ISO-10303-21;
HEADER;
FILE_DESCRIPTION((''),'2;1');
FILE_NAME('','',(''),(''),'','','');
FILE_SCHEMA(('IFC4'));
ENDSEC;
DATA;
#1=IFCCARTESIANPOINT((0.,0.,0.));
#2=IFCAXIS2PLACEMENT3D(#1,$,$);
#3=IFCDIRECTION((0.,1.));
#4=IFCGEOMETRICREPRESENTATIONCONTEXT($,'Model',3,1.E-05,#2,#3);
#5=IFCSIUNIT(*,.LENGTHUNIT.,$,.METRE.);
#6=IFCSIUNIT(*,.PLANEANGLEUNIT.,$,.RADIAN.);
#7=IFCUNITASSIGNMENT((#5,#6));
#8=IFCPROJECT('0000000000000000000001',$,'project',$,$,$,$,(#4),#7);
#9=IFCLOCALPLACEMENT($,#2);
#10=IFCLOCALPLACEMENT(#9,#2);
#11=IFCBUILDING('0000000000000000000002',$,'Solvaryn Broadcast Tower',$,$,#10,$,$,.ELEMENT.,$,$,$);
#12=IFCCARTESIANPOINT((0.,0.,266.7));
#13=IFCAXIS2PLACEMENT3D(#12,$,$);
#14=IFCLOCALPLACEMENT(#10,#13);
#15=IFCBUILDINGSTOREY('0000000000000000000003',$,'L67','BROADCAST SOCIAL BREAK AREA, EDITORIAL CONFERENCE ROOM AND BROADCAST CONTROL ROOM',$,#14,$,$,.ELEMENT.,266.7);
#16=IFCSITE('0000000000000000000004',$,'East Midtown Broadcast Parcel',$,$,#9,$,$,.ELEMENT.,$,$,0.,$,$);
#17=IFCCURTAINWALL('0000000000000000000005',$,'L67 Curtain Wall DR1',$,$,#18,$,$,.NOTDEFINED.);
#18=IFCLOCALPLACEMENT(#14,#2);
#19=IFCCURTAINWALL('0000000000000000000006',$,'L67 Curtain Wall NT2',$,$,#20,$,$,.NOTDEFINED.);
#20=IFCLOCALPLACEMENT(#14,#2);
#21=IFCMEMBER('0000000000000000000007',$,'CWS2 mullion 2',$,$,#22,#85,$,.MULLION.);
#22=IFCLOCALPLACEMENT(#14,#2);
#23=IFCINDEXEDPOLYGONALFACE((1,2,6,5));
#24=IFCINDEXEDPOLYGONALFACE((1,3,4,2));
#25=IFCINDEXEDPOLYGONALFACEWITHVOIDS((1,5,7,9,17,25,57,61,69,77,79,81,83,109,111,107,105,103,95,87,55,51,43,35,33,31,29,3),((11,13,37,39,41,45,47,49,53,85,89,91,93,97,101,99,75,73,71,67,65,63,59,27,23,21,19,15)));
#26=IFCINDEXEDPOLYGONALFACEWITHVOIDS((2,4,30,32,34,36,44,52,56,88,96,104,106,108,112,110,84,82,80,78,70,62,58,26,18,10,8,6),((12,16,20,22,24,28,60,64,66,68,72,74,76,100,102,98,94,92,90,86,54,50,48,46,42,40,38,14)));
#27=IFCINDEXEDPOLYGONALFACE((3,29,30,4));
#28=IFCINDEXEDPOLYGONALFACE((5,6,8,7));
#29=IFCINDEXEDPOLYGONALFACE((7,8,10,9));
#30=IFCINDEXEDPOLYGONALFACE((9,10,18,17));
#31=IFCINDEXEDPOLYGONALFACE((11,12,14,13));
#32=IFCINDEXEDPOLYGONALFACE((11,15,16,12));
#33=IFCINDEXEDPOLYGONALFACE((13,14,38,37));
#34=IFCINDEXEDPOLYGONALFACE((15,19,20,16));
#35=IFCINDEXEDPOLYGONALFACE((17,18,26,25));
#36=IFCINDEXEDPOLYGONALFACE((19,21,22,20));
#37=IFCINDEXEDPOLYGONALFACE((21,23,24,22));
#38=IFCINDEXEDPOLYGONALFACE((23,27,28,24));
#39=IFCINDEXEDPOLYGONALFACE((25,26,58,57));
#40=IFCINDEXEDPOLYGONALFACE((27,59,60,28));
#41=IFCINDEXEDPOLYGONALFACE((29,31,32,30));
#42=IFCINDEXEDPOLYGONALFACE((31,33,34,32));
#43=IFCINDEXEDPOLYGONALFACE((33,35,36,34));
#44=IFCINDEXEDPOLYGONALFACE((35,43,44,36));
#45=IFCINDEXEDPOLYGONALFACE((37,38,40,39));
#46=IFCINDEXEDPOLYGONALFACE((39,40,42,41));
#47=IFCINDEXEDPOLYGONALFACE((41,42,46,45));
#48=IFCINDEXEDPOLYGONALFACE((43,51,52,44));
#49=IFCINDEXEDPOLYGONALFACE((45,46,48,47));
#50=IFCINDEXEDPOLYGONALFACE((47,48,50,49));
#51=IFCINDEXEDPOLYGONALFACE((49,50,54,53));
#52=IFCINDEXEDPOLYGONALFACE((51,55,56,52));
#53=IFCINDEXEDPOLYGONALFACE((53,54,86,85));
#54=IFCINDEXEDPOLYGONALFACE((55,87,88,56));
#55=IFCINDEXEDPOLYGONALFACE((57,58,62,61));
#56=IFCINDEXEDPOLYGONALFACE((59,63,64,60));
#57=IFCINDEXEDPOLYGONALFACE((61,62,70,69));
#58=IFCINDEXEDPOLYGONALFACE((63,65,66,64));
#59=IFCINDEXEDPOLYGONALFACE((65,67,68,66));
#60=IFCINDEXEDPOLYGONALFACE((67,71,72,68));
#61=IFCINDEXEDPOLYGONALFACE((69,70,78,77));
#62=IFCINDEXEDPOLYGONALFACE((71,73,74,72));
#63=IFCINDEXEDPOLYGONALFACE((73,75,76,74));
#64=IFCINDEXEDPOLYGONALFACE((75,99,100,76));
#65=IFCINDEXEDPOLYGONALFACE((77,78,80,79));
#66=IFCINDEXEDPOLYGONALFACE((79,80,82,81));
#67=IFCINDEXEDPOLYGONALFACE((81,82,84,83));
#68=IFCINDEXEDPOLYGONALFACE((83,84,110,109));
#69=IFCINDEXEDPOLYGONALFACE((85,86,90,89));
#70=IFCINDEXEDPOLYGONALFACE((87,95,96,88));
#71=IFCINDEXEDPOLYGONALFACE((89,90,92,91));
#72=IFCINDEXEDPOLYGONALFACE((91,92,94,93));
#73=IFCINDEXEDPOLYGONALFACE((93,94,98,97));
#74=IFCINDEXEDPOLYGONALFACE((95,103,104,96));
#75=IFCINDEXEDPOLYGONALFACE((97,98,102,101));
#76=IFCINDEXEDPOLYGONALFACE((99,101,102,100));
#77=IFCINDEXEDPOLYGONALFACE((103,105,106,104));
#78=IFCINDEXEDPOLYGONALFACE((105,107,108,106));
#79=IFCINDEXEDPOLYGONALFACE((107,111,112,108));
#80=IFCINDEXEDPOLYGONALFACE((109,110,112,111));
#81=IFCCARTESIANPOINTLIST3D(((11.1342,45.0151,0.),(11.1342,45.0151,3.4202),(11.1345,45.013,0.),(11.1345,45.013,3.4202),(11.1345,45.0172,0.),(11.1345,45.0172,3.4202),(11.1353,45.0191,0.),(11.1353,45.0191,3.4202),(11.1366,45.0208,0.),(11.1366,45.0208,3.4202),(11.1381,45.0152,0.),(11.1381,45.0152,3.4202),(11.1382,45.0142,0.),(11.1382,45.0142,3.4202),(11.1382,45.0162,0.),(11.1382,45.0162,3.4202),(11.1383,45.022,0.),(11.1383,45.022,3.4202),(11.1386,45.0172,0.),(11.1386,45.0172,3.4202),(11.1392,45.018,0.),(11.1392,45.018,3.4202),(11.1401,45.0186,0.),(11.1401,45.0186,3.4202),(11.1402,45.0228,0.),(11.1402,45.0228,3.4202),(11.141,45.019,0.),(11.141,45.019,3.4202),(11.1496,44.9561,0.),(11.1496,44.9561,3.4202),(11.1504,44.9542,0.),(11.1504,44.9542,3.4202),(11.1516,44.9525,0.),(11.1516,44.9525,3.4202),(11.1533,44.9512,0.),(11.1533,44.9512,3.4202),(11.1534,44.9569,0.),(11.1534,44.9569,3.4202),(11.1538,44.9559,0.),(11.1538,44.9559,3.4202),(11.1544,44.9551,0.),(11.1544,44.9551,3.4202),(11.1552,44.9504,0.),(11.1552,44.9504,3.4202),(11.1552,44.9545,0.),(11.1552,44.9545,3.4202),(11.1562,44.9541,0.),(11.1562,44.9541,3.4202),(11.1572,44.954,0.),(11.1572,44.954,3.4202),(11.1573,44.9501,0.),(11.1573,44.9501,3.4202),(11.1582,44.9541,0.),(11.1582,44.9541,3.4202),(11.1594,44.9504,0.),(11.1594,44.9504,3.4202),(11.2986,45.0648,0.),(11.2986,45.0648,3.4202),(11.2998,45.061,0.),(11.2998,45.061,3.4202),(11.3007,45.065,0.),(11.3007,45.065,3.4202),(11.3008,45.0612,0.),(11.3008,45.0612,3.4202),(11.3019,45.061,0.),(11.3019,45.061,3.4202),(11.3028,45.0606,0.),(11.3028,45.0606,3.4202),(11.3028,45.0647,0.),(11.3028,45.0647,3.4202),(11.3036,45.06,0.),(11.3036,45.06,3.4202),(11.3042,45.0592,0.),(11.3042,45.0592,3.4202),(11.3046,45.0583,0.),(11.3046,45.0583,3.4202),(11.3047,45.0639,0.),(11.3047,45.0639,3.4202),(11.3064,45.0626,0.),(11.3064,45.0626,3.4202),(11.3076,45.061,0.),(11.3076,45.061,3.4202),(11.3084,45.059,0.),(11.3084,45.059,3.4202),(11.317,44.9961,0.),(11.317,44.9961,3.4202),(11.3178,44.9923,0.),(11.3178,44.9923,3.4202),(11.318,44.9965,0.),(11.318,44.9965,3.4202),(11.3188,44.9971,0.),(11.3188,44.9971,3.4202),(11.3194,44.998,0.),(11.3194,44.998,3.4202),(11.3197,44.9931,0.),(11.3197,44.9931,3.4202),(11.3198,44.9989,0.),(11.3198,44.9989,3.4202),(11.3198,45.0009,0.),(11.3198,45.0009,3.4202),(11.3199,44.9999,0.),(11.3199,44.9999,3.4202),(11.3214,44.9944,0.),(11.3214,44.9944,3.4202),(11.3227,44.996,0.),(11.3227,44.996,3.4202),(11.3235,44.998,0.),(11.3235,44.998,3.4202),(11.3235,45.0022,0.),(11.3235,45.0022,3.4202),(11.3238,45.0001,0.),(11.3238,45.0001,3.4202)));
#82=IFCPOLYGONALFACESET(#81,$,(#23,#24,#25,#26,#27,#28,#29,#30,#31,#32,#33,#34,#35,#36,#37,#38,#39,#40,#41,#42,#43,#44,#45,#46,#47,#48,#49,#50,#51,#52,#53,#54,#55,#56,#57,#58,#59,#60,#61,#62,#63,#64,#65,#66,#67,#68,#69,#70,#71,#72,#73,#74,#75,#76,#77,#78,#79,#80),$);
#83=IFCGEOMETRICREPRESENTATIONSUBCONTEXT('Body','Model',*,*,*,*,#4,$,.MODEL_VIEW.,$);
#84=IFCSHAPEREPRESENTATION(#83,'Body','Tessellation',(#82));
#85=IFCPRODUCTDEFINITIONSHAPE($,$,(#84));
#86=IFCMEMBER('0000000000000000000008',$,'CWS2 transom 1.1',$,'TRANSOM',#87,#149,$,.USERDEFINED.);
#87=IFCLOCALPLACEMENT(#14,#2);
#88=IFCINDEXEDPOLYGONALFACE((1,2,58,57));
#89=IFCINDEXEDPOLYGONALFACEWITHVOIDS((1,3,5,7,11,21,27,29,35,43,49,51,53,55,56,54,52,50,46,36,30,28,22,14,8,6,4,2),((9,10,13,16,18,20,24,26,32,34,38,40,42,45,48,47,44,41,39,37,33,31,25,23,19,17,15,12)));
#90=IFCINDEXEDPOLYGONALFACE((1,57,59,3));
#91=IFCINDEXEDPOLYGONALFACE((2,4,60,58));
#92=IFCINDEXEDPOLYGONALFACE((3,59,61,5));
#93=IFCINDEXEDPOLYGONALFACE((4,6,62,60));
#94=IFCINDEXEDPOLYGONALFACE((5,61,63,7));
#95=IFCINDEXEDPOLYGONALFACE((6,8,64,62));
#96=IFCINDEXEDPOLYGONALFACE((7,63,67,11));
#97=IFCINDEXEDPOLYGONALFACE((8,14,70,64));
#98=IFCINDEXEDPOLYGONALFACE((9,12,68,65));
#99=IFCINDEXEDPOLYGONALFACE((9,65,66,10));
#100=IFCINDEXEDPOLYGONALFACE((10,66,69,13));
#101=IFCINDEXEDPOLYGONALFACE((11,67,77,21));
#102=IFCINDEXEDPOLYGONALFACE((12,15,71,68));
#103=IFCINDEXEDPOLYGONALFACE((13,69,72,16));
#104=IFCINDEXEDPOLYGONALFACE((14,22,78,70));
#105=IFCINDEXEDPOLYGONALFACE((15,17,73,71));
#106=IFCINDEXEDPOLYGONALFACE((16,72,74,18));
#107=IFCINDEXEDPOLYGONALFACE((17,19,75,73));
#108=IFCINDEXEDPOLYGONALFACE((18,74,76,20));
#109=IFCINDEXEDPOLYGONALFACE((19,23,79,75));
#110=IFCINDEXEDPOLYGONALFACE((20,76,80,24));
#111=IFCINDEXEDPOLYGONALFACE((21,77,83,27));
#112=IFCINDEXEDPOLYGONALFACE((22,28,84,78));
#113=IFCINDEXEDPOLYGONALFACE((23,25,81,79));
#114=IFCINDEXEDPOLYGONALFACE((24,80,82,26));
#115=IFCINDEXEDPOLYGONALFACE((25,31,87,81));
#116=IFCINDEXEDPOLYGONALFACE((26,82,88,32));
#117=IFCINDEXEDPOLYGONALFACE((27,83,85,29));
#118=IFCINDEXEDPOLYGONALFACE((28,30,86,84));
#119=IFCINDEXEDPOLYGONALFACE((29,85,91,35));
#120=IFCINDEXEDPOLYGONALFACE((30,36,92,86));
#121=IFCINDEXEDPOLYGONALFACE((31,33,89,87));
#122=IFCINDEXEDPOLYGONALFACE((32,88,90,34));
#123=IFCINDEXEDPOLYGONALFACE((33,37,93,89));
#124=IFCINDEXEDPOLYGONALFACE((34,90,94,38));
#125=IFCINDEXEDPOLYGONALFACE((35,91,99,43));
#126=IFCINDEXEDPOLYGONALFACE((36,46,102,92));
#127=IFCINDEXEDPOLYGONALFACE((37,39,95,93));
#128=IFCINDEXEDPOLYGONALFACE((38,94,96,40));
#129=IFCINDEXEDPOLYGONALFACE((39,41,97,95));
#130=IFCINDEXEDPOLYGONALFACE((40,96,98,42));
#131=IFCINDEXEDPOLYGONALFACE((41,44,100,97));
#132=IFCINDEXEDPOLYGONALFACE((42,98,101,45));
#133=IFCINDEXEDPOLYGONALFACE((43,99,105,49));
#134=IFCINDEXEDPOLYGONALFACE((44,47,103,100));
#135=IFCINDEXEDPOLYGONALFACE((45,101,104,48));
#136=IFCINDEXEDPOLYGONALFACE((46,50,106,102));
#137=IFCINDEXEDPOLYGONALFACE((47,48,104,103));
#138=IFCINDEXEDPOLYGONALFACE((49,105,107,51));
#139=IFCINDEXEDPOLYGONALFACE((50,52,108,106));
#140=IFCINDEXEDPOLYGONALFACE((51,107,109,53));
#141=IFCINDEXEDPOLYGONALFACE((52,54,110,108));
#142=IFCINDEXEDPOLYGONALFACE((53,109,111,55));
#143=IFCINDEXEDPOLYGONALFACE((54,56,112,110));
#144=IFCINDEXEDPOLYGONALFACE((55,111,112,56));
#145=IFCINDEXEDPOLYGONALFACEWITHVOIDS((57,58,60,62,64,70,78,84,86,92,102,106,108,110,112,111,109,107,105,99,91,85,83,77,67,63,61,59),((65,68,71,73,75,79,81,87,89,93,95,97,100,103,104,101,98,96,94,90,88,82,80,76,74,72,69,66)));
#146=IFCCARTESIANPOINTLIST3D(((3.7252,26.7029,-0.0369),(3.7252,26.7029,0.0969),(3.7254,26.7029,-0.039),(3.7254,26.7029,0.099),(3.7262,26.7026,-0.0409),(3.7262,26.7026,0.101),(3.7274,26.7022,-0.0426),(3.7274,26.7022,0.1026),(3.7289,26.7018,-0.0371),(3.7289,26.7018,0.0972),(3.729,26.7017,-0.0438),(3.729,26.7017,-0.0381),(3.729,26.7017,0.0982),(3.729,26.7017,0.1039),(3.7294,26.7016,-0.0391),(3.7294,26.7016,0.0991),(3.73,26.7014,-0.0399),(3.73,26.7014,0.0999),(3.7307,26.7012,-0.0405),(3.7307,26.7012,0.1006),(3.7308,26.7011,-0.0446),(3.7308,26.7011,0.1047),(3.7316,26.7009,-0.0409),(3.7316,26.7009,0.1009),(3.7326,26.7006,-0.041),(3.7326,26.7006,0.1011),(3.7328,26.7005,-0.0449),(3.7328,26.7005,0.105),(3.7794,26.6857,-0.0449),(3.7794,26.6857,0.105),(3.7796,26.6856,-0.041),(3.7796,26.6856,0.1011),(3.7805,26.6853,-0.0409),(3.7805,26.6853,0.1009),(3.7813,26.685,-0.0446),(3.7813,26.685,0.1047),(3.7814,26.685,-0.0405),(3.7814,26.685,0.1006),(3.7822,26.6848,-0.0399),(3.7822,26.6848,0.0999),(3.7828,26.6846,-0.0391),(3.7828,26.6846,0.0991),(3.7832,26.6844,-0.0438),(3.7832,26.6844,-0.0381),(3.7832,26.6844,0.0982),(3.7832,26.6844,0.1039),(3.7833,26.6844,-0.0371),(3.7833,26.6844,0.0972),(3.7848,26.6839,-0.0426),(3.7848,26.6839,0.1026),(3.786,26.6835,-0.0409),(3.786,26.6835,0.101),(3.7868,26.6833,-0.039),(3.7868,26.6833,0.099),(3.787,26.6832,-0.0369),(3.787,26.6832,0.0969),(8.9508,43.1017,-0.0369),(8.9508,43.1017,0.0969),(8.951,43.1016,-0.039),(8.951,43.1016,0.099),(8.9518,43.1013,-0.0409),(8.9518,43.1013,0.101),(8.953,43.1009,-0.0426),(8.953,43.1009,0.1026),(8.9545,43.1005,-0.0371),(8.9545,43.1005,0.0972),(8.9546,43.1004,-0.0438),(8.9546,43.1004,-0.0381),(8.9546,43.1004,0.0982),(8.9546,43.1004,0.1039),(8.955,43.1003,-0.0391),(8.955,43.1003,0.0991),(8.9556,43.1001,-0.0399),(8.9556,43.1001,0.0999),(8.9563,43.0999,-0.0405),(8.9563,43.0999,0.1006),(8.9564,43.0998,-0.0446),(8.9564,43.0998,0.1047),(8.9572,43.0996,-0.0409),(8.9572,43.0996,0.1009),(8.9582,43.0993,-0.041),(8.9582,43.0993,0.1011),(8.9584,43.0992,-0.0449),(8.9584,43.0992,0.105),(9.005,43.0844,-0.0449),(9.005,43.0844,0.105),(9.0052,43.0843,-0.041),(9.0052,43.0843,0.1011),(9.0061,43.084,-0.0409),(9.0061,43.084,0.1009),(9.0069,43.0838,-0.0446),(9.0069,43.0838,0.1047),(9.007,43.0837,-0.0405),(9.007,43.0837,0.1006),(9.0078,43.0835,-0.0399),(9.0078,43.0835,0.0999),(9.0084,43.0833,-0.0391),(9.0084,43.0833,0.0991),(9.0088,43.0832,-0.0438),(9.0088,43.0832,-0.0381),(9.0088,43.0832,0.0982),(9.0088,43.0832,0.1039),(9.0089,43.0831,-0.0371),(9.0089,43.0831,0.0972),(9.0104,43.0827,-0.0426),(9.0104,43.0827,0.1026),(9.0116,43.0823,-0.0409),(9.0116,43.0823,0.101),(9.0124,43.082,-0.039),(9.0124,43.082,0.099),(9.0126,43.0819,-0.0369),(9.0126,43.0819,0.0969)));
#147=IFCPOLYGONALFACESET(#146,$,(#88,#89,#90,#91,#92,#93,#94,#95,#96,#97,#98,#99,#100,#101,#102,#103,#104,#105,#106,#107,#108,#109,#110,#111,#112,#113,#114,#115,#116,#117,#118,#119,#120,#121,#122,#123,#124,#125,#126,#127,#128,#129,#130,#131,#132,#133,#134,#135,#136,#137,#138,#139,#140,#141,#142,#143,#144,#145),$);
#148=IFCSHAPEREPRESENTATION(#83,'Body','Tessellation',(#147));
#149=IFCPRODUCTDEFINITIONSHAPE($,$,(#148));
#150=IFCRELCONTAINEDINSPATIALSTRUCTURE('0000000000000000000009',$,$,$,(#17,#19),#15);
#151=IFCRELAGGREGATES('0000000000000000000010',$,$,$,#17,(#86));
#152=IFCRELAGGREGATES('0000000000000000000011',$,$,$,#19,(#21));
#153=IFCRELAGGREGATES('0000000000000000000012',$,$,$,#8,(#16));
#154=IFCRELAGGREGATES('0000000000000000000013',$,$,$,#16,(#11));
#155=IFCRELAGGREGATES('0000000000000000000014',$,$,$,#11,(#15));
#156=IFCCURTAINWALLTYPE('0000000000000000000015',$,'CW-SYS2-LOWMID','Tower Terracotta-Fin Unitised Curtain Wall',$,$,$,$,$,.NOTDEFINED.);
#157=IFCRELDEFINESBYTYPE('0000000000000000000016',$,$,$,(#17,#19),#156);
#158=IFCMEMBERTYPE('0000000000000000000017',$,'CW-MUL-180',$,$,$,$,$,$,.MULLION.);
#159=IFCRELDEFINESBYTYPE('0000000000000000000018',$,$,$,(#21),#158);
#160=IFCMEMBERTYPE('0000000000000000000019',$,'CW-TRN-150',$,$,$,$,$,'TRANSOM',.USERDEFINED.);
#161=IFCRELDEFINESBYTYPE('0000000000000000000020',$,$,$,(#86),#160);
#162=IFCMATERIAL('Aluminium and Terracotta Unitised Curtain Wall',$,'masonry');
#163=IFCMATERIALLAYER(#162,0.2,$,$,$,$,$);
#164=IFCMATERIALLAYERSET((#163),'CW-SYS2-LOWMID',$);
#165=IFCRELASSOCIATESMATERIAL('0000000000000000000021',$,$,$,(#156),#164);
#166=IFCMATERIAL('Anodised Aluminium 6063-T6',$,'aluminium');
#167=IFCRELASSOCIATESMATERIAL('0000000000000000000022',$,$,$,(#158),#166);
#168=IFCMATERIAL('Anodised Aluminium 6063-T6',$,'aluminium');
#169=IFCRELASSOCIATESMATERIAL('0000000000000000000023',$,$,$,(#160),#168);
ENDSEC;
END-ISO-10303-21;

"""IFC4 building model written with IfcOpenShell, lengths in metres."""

from ifc_helpers import new_model, si_unit, direction, frame, origin, origin_2d, place, context, subcontext, project, spatial, hollow_rectangle, extrude, material, layer, layer_set, material_profile, profile_set, type_object, element, aggregate, save


model = new_model("IFC4")

# Units and contexts
model_context = context("Model", 3, precision=1e-05, world=origin(), true_north=direction((0.0, 1.0)))
body_context = subcontext(model_context, "Body", "Model", "MODEL_VIEW")
ifc_project = project(units=[si_unit("LENGTHUNIT", "METRE"), si_unit("PLANEANGLEUNIT", "RADIAN")], contexts=[model_context])

# Site, building, storey
site_placement = place(None, origin())
site = spatial("IfcSite", under=ifc_project, at=site_placement, Name="East Midtown Broadcast Parcel", CompositionType="ELEMENT", RefElevation=0.0)
building_placement = place(site_placement, origin())
building = spatial("IfcBuilding", under=site, at=building_placement, Name="Solvaryn Broadcast Tower", CompositionType="ELEMENT")
storey_placement = place(building_placement, frame((0.0, 0.0, 266.7)))
storey = spatial("IfcBuildingStorey", under=building, at=storey_placement, Name="L67", Description="BROADCAST SOCIAL BREAK AREA, EDITORIAL CONFERENCE ROOM AND BROADCAST CONTROL ROOM", CompositionType="ELEMENT", Elevation=266.7)

# Curtain walls, member
ifc_material_1 = material(Name="Aluminium and Terracotta Unitised Curtain Wall", Category="masonry")
ifc_layer_1 = layer(ifc_material_1, 0.2)
ifc_layer_set_1 = layer_set([ifc_layer_1], Name="CW-SYS2-LOWMID")
curtain_wall_type = type_object("IfcCurtainWallType", Name="CW-SYS2-LOWMID", Description="Tower Terracotta-Fin Unitised Curtain Wall", PredefinedType="NOTDEFINED", material=ifc_layer_set_1)
curtain_wall_1_placement = place(storey_placement, origin())
curtain_wall_1 = element("IfcCurtainWall", 1, at=curtain_wall_1_placement, inside=storey, type_object=curtain_wall_type, Name="L67 Curtain Wall DR1", PredefinedType="NOTDEFINED")
ifc_material_2 = material(Name="Anodised Aluminium 6063-T6", Category="aluminium")
ifc_material_profile_1 = material_profile(ifc_material_2, hollow_rectangle(XDim=0.075, YDim=0.1799, WallThickness=0.0039, InnerFilletRadius=0.0039, OuterFilletRadius=0.0081, at=origin_2d()))
ifc_profile_set_1 = profile_set([ifc_material_profile_1], Name="Anodised Aluminium 6063-T6")
member_type_1 = type_object("IfcMemberType", Name="CW-MUL-180", PredefinedType="MULLION", material=ifc_profile_set_1)
curtain_wall_2_placement = place(storey_placement, origin())
curtain_wall_2 = element("IfcCurtainWall", 2, at=curtain_wall_2_placement, inside=storey, type_object=curtain_wall_type, Name="L67 Curtain Wall NT2", PredefinedType="NOTDEFINED")
member_1_placement = place(storey_placement, frame((11.229, 45.0076, 0.0), z_axis=(0.0, 0.0, 1.0), x_axis=(0.255893, -0.966705, 0.0)))
member_1 = element("IfcMember", 3, at=member_1_placement, type_object=member_type_1, Name="CWS2 mullion 2", PredefinedType="MULLION", context=body_context, shape_type="SweptSolid", body=[
    extrude(hollow_rectangle(XDim=0.075, YDim=0.1799, WallThickness=0.0039, InnerFilletRadius=0.0039, OuterFilletRadius=0.0081, at=origin_2d()), origin(), (0.0, 0.0, 1.0), 3.4202),
])

# Member
ifc_material_3 = material(Name="Anodised Aluminium 6063-T6", Category="aluminium")
ifc_material_profile_2 = material_profile(ifc_material_3, hollow_rectangle(XDim=0.0649, YDim=0.1499, WallThickness=0.0039, InnerFilletRadius=0.0039, OuterFilletRadius=0.0081, at=origin_2d()))
ifc_profile_set_2 = profile_set([ifc_material_profile_2], Name="Anodised Aluminium 6063-T6")
member_type_2 = type_object("IfcMemberType", Name="CW-TRN-150", ElementType="TRANSOM", PredefinedType="USERDEFINED", material=ifc_profile_set_2)
member_2_placement = place(storey_placement, frame((8.9817, 43.0918, 0.03), z_axis=(-0.303616, -0.952794, 0.0), x_axis=(0.952794, -0.303616, 0.0)))
member_2 = element("IfcMember", 4, at=member_2_placement, type_object=member_type_2, Name="CWS2 transom 1.1", ObjectType="TRANSOM", PredefinedType="USERDEFINED", context=body_context, shape_type="SweptSolid", body=[
    extrude(hollow_rectangle(XDim=0.0649, YDim=0.1499, WallThickness=0.0039, InnerFilletRadius=0.0039, OuterFilletRadius=0.0081, at=origin_2d()), origin(), (0.0, 0.0, 1.0), 17.2112),
])

aggregate(curtain_wall_1, [member_2])
aggregate(curtain_wall_2, [member_1])

save(model, "model.ifc")
